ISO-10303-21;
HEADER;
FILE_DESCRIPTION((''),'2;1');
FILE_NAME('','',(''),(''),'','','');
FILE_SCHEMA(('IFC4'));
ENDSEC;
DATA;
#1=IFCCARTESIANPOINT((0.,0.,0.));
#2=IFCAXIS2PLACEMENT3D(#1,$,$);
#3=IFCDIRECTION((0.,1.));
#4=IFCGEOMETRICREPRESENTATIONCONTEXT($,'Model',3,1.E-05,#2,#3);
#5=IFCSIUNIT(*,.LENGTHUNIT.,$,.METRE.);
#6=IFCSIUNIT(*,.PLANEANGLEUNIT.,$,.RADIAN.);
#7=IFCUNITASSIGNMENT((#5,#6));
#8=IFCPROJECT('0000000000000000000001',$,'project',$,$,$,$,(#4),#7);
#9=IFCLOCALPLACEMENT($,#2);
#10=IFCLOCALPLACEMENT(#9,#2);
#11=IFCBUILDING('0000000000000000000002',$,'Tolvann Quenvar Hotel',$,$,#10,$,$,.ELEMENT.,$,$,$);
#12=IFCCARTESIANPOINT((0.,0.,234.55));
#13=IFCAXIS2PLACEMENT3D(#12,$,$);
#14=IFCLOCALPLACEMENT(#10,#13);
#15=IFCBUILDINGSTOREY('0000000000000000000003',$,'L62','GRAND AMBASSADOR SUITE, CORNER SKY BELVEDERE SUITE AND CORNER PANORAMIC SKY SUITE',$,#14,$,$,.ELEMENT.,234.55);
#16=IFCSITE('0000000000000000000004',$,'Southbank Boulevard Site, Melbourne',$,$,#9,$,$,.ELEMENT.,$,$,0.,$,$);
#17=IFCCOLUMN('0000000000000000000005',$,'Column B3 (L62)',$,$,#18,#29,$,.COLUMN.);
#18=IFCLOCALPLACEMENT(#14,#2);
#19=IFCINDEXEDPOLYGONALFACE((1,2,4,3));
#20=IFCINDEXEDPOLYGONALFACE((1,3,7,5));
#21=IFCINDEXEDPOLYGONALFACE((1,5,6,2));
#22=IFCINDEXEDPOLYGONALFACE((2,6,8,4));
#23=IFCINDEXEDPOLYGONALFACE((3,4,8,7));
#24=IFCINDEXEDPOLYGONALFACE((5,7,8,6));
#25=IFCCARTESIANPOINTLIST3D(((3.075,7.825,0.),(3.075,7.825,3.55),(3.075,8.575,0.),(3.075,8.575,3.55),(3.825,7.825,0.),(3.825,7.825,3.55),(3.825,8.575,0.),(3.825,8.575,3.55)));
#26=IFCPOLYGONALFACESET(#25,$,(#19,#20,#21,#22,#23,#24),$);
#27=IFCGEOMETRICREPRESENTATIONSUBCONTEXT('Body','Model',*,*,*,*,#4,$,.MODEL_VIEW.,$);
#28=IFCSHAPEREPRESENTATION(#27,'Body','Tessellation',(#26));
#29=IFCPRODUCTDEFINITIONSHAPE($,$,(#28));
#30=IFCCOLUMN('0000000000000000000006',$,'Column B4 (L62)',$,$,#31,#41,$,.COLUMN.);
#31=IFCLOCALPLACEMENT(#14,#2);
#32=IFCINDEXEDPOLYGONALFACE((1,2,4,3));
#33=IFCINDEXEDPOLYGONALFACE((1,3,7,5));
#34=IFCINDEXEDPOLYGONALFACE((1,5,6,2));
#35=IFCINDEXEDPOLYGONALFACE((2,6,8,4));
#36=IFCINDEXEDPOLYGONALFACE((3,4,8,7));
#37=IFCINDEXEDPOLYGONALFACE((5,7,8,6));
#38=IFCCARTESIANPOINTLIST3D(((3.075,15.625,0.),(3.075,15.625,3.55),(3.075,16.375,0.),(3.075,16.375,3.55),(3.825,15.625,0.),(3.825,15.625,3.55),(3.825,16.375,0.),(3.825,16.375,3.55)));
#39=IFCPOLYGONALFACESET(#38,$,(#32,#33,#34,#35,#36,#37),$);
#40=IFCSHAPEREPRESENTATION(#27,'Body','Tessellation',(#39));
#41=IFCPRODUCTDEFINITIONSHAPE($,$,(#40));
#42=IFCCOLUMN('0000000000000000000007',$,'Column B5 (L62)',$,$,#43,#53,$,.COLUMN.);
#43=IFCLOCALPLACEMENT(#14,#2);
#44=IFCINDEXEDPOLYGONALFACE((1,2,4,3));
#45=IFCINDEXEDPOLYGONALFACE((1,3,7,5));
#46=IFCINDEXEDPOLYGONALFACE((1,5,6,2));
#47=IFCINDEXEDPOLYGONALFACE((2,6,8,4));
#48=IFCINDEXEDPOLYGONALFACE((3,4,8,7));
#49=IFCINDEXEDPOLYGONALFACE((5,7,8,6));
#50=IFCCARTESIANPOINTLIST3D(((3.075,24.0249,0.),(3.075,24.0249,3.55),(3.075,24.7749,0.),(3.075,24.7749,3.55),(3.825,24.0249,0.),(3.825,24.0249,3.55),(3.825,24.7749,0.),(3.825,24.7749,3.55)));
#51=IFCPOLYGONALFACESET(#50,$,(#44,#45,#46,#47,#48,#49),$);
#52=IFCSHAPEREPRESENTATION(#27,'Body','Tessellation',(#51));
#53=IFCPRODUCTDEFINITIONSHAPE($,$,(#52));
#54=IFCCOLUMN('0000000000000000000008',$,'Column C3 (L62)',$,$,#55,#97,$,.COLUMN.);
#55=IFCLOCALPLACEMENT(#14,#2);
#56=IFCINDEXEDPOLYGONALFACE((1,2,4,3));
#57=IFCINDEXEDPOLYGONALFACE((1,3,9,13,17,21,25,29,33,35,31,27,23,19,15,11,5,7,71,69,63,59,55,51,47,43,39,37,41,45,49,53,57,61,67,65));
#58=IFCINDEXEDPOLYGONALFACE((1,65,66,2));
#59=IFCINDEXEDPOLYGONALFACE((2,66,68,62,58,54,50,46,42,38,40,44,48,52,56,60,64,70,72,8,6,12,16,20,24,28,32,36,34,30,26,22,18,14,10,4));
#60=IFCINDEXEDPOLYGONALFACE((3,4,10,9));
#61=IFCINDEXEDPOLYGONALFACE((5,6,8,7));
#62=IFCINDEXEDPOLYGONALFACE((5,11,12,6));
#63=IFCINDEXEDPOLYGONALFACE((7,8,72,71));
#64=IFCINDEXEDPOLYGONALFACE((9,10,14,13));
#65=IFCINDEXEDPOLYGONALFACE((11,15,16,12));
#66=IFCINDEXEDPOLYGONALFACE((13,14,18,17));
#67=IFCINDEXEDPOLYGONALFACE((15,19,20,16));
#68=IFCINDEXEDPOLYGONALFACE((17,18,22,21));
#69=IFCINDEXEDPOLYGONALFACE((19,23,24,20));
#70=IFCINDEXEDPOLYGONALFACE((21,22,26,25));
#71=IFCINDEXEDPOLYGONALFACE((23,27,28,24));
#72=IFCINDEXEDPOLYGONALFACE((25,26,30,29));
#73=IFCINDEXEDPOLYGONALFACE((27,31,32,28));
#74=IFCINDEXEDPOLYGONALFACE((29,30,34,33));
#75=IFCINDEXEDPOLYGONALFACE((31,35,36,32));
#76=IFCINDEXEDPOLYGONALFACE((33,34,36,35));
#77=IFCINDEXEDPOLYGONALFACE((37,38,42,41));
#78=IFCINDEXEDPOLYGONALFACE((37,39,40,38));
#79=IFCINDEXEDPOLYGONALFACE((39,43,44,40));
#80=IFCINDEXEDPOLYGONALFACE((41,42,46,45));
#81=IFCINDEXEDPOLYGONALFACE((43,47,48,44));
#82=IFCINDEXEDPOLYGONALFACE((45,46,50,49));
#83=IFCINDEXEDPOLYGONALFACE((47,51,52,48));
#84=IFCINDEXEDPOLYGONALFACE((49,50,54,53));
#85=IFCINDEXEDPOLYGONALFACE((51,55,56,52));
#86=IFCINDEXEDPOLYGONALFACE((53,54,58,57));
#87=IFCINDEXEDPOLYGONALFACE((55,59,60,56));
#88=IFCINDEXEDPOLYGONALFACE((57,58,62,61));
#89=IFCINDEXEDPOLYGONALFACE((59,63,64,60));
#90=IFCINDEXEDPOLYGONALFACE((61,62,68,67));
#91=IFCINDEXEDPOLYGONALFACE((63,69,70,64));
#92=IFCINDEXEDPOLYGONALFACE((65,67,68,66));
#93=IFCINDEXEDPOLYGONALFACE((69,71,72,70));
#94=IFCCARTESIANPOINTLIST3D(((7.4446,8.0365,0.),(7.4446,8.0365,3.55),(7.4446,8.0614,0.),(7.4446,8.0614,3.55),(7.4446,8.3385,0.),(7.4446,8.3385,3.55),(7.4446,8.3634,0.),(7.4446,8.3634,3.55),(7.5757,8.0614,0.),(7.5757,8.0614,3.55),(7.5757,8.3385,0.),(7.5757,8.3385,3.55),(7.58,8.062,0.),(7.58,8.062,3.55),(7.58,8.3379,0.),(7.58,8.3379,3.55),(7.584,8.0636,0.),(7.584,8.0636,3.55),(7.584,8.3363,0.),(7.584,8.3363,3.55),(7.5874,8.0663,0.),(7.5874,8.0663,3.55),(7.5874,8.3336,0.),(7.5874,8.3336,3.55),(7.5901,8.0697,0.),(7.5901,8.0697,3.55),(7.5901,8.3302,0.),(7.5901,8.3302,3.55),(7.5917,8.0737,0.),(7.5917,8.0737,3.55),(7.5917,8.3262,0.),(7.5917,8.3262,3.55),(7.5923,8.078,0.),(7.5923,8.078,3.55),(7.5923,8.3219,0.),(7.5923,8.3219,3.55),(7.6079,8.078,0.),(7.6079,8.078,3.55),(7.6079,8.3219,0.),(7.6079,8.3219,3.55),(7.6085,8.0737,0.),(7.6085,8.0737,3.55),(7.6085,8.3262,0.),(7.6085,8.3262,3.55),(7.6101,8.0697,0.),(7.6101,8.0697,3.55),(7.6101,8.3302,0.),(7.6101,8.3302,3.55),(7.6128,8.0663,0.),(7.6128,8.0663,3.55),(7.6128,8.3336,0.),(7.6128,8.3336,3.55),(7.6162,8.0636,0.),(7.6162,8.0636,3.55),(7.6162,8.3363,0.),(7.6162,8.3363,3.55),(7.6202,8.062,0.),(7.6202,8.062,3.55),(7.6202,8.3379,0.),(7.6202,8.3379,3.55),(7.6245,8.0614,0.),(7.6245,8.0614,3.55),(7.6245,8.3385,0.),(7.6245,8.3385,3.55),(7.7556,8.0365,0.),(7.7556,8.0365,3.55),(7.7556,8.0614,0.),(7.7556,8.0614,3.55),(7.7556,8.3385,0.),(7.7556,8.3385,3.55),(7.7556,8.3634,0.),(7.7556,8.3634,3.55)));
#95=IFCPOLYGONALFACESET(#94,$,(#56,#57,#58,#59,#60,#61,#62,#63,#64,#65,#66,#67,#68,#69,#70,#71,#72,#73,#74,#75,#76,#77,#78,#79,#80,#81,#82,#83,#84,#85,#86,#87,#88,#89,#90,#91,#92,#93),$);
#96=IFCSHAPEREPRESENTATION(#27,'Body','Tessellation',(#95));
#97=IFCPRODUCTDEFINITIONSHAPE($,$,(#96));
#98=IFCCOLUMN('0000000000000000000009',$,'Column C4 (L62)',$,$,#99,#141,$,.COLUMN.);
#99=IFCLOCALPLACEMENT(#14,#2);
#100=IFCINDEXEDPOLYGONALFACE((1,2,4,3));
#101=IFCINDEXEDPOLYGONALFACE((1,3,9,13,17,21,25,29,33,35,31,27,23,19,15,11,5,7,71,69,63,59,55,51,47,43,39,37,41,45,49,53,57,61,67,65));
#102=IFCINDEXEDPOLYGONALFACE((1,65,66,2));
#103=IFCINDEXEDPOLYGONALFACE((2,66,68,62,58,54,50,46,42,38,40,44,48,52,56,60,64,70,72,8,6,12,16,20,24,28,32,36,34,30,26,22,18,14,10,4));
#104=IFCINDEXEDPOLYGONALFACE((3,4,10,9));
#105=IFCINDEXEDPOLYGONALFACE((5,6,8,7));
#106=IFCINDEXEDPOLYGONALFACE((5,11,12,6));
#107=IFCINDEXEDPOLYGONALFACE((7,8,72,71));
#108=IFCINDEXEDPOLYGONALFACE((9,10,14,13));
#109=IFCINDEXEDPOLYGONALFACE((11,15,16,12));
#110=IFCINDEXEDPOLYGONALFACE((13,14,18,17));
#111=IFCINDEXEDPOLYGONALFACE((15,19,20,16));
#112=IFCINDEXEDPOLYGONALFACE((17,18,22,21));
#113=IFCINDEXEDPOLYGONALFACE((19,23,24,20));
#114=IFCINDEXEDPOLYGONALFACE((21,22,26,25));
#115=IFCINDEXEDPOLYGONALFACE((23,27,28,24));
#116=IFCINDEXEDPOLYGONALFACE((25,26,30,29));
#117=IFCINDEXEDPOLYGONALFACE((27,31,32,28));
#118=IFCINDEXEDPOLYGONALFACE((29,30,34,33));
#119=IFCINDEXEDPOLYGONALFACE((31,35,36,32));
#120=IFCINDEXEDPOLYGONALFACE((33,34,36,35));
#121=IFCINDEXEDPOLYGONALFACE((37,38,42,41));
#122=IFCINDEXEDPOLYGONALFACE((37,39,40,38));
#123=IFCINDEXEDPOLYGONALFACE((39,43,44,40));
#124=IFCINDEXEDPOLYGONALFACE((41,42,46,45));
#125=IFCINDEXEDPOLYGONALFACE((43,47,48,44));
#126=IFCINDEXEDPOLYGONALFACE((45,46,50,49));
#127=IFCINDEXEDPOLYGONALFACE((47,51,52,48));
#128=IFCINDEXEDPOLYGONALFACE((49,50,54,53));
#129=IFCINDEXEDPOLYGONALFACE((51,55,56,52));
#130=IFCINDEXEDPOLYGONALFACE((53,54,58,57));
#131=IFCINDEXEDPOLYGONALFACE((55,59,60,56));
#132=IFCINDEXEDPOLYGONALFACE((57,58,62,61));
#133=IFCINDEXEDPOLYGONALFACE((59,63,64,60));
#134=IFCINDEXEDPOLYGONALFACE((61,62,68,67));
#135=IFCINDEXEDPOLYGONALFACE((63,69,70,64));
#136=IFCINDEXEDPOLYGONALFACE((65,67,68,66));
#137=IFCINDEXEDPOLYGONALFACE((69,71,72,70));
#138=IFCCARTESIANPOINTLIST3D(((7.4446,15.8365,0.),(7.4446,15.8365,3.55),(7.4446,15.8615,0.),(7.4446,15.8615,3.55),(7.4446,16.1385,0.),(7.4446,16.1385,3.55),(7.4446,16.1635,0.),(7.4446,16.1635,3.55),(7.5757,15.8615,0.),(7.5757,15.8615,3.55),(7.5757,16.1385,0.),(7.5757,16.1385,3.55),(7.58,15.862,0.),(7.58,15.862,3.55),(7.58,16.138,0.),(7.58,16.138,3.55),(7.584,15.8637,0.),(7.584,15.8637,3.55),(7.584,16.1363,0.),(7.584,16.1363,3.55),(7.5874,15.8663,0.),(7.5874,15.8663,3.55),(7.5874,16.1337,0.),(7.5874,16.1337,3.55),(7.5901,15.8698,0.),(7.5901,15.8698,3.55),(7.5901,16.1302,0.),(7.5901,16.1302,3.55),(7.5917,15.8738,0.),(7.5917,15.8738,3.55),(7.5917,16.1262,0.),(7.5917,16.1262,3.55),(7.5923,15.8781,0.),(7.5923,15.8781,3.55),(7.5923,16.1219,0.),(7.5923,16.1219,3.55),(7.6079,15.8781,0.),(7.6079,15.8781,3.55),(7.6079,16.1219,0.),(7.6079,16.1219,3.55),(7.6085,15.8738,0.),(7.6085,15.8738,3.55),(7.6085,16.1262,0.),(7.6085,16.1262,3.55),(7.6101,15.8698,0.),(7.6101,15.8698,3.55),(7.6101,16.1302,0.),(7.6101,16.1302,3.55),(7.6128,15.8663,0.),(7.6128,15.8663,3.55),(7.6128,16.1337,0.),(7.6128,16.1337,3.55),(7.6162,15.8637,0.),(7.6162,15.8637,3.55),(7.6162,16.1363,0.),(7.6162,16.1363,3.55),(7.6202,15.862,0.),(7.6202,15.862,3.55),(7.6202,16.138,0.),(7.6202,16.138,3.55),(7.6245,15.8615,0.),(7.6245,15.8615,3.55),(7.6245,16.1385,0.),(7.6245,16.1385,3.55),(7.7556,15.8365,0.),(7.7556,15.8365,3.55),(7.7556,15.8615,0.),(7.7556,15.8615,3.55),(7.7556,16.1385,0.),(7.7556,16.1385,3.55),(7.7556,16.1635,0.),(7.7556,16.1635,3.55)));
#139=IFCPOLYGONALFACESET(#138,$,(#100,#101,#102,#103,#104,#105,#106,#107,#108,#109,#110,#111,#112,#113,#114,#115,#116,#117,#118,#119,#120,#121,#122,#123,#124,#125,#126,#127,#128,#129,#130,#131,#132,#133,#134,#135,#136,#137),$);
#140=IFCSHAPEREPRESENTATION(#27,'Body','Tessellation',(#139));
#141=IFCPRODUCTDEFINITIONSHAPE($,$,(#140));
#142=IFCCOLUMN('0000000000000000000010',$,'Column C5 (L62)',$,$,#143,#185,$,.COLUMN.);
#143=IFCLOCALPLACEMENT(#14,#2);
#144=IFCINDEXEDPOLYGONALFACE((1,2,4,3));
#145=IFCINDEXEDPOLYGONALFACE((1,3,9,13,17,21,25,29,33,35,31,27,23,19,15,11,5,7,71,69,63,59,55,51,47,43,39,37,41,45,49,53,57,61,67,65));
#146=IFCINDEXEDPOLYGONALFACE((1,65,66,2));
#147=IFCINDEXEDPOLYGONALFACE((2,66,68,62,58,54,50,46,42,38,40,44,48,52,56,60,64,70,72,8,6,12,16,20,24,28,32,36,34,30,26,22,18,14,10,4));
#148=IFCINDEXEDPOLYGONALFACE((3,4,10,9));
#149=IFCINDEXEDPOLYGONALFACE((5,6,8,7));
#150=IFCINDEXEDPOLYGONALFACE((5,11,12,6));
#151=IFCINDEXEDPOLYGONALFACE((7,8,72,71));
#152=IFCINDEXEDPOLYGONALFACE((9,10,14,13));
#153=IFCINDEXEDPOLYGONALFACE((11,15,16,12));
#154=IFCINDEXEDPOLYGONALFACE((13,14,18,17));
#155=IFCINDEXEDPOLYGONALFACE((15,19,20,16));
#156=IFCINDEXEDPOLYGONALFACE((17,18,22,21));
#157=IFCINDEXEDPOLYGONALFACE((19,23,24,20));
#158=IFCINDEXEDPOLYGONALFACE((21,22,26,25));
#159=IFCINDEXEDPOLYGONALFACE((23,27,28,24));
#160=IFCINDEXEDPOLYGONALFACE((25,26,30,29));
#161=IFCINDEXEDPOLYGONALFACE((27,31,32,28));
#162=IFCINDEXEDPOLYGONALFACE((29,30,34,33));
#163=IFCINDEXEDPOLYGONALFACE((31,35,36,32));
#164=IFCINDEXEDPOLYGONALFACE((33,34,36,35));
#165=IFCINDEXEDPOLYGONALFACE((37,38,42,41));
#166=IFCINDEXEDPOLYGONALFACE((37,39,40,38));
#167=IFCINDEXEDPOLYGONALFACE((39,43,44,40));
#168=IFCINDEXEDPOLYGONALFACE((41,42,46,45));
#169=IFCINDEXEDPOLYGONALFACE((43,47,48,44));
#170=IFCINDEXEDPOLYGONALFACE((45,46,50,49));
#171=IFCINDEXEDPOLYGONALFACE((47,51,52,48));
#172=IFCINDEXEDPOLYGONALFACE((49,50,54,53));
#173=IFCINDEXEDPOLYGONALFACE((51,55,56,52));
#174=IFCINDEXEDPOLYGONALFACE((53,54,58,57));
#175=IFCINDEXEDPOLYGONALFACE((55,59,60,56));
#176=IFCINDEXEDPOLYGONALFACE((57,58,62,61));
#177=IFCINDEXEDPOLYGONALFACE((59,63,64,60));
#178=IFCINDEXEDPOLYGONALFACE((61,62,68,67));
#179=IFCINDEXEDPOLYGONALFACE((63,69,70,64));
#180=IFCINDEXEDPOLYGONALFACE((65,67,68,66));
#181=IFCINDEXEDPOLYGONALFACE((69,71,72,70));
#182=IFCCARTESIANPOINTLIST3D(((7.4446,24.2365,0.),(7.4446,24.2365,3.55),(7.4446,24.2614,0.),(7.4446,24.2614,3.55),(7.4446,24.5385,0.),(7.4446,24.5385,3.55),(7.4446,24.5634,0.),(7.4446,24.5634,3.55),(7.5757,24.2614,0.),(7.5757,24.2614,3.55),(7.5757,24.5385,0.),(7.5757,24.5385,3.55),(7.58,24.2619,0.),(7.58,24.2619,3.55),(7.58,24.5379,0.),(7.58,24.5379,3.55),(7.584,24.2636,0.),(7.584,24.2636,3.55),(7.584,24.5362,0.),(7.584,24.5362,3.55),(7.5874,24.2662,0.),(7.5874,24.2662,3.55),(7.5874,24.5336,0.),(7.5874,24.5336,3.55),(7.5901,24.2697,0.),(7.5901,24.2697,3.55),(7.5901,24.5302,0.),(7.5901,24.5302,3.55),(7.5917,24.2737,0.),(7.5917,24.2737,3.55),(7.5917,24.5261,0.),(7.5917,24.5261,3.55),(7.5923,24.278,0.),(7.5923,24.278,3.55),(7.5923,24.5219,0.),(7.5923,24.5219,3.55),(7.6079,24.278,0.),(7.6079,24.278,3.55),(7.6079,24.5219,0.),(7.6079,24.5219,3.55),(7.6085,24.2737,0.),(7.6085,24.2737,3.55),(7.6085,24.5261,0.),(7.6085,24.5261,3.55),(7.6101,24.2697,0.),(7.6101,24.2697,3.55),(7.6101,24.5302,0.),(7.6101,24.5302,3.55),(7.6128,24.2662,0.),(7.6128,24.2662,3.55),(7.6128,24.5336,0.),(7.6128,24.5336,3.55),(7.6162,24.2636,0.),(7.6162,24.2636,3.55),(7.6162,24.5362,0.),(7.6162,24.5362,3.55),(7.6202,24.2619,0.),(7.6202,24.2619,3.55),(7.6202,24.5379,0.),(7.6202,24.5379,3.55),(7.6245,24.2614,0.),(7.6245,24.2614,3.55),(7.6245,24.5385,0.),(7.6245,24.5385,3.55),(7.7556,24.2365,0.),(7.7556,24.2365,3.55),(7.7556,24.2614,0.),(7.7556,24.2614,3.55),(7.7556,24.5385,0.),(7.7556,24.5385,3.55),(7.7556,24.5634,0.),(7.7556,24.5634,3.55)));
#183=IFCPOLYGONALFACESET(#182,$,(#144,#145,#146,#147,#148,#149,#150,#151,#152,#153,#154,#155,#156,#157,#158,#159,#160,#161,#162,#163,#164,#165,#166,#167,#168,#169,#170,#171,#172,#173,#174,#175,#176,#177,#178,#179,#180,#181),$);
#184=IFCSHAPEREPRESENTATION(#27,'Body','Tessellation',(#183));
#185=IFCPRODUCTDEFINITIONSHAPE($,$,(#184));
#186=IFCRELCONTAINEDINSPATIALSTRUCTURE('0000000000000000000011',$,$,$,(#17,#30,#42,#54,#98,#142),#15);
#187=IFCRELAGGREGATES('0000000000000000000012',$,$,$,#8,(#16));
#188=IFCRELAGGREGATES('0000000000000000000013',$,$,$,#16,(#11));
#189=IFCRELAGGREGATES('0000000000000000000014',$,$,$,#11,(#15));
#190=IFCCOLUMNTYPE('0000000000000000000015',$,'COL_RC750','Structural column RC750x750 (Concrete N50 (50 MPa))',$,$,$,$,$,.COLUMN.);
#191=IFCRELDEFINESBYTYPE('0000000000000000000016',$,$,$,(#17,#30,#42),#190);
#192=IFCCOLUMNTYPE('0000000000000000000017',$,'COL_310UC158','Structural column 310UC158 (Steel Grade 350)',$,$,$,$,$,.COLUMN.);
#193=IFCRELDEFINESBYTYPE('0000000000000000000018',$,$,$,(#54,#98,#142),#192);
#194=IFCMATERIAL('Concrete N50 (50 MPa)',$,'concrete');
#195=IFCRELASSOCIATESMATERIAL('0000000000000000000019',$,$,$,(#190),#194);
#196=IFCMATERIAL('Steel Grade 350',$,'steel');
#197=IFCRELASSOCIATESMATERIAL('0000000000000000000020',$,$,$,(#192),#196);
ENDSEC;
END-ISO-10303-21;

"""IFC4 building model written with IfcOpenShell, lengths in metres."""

from ifc_helpers import new_model, si_unit, direction, frame, origin, origin_2d, place, context, subcontext, project, spatial, rectangle, i_section, extrude, source, transform, mapped, material, material_profile, profile_set, type_object, type_shapes, element, save


model = new_model("IFC4")

# Units and contexts
model_context = context("Model", 3, precision=1e-05, world=origin(), true_north=direction((0.0, 1.0)))
body_context = subcontext(model_context, "Body", "Model", "MODEL_VIEW")
ifc_project = project(units=[si_unit("LENGTHUNIT", "METRE"), si_unit("PLANEANGLEUNIT", "RADIAN")], contexts=[model_context])

# Site, building, storey
site_placement = place(None, origin())
site = spatial("IfcSite", under=ifc_project, at=site_placement, Name="Southbank Boulevard Site, Melbourne", CompositionType="ELEMENT", RefElevation=0.0)
building_placement = place(site_placement, origin())
building = spatial("IfcBuilding", under=site, at=building_placement, Name="Tolvann Quenvar Hotel", CompositionType="ELEMENT")
storey_placement = place(building_placement, frame((0.0, 0.0, 234.55)))
storey = spatial("IfcBuildingStorey", under=building, at=storey_placement, Name="L62", Description="GRAND AMBASSADOR SUITE, CORNER SKY BELVEDERE SUITE AND CORNER PANORAMIC SKY SUITE", CompositionType="ELEMENT", Elevation=234.55)

# Columns
ifc_material_1 = material(Name="Concrete N50 (50 MPa)", Category="concrete")
ifc_material_profile_1 = material_profile(ifc_material_1, rectangle(XDim=0.75, YDim=0.75, at=origin_2d()), Name="RC750x750")
ifc_profile_set_1 = profile_set([ifc_material_profile_1], Name="Concrete N50 (50 MPa)")
column_type_1 = type_object("IfcColumnType", Name="COL_RC750", Description="Structural column RC750x750 (Concrete N50 (50 MPa))", PredefinedType="COLUMN", material=ifc_profile_set_1)
shared_shape_1 = source(origin(), body_context, "Body", "SweptSolid", [
    extrude(rectangle(XDim=0.75, YDim=0.75, at=origin_2d()), origin(), (0.0, 0.0, 1.0), 3.55),
])
type_shapes(column_type_1, [shared_shape_1])
for number, where, z_axis, x_axis, name in (
    (1, (3.45, 8.2, 0.0), (0.0, 0.0, 1.0), (1.0, 0.0, 0.0), "Column B3 (L62)"),
    (2, (3.45, 16.0, 0.0), (0.0, 0.0, 1.0), (1.0, 0.0, 0.0), "Column B4 (L62)"),
    (3, (3.45, 24.3999, 0.0), (0.0, 0.0, 1.0), (1.0, 0.0, 0.0), "Column B5 (L62)"),
):
    element("IfcColumn", number, at=place(storey_placement, frame(where, z_axis=z_axis, x_axis=x_axis)), inside=storey, type_object=column_type_1, Name=name, PredefinedType="COLUMN", context=body_context, shape_type="MappedRepresentation", body=[
        mapped(shared_shape_1, transform((0.0, 0.0, 0.0), x_axis=(1.0, 0.0, 0.0), y_axis=(0.0, 1.0, 0.0), z_axis=(0.0, 0.0, 1.0), scale=1.0)),
    ])
ifc_material_2 = material(Name="Steel Grade 350", Category="steel")
ifc_material_profile_2 = material_profile(ifc_material_2, i_section(OverallWidth=0.311, OverallDepth=0.3269, WebThickness=0.0156, FlangeThickness=0.0249, FilletRadius=0.0166, at=origin_2d()), Name="310UC158")
ifc_profile_set_2 = profile_set([ifc_material_profile_2], Name="Steel Grade 350")
column_type_2 = type_object("IfcColumnType", Name="COL_310UC158", Description="Structural column 310UC158 (Steel Grade 350)", PredefinedType="COLUMN", material=ifc_profile_set_2)
shared_shape_2 = source(origin(), body_context, "Body", "SweptSolid", [
    extrude(i_section(OverallWidth=0.311, OverallDepth=0.3269, WebThickness=0.0156, FlangeThickness=0.0249, FilletRadius=0.0166, at=origin_2d()), origin(), (0.0, 0.0, 1.0), 3.55),
])
type_shapes(column_type_2, [shared_shape_2])
for number, where, z_axis, x_axis, name in (
    (4, (7.6001, 8.2, 0.0), (0.0, 0.0, 1.0), (1.0, 0.0, 0.0), "Column C3 (L62)"),
    (5, (7.6001, 16.0, 0.0), (0.0, 0.0, 1.0), (1.0, 0.0, 0.0), "Column C4 (L62)"),
    (6, (7.6001, 24.3999, 0.0), (0.0, 0.0, 1.0), (1.0, 0.0, 0.0), "Column C5 (L62)"),
):
    element("IfcColumn", number, at=place(storey_placement, frame(where, z_axis=z_axis, x_axis=x_axis)), inside=storey, type_object=column_type_2, Name=name, PredefinedType="COLUMN", context=body_context, shape_type="MappedRepresentation", body=[
        mapped(shared_shape_2, transform((0.0, 0.0, 0.0), x_axis=(1.0, 0.0, 0.0), y_axis=(0.0, 1.0, 0.0), z_axis=(0.0, 0.0, 1.0), scale=1.0)),
    ])

save(model, "model.ifc")
